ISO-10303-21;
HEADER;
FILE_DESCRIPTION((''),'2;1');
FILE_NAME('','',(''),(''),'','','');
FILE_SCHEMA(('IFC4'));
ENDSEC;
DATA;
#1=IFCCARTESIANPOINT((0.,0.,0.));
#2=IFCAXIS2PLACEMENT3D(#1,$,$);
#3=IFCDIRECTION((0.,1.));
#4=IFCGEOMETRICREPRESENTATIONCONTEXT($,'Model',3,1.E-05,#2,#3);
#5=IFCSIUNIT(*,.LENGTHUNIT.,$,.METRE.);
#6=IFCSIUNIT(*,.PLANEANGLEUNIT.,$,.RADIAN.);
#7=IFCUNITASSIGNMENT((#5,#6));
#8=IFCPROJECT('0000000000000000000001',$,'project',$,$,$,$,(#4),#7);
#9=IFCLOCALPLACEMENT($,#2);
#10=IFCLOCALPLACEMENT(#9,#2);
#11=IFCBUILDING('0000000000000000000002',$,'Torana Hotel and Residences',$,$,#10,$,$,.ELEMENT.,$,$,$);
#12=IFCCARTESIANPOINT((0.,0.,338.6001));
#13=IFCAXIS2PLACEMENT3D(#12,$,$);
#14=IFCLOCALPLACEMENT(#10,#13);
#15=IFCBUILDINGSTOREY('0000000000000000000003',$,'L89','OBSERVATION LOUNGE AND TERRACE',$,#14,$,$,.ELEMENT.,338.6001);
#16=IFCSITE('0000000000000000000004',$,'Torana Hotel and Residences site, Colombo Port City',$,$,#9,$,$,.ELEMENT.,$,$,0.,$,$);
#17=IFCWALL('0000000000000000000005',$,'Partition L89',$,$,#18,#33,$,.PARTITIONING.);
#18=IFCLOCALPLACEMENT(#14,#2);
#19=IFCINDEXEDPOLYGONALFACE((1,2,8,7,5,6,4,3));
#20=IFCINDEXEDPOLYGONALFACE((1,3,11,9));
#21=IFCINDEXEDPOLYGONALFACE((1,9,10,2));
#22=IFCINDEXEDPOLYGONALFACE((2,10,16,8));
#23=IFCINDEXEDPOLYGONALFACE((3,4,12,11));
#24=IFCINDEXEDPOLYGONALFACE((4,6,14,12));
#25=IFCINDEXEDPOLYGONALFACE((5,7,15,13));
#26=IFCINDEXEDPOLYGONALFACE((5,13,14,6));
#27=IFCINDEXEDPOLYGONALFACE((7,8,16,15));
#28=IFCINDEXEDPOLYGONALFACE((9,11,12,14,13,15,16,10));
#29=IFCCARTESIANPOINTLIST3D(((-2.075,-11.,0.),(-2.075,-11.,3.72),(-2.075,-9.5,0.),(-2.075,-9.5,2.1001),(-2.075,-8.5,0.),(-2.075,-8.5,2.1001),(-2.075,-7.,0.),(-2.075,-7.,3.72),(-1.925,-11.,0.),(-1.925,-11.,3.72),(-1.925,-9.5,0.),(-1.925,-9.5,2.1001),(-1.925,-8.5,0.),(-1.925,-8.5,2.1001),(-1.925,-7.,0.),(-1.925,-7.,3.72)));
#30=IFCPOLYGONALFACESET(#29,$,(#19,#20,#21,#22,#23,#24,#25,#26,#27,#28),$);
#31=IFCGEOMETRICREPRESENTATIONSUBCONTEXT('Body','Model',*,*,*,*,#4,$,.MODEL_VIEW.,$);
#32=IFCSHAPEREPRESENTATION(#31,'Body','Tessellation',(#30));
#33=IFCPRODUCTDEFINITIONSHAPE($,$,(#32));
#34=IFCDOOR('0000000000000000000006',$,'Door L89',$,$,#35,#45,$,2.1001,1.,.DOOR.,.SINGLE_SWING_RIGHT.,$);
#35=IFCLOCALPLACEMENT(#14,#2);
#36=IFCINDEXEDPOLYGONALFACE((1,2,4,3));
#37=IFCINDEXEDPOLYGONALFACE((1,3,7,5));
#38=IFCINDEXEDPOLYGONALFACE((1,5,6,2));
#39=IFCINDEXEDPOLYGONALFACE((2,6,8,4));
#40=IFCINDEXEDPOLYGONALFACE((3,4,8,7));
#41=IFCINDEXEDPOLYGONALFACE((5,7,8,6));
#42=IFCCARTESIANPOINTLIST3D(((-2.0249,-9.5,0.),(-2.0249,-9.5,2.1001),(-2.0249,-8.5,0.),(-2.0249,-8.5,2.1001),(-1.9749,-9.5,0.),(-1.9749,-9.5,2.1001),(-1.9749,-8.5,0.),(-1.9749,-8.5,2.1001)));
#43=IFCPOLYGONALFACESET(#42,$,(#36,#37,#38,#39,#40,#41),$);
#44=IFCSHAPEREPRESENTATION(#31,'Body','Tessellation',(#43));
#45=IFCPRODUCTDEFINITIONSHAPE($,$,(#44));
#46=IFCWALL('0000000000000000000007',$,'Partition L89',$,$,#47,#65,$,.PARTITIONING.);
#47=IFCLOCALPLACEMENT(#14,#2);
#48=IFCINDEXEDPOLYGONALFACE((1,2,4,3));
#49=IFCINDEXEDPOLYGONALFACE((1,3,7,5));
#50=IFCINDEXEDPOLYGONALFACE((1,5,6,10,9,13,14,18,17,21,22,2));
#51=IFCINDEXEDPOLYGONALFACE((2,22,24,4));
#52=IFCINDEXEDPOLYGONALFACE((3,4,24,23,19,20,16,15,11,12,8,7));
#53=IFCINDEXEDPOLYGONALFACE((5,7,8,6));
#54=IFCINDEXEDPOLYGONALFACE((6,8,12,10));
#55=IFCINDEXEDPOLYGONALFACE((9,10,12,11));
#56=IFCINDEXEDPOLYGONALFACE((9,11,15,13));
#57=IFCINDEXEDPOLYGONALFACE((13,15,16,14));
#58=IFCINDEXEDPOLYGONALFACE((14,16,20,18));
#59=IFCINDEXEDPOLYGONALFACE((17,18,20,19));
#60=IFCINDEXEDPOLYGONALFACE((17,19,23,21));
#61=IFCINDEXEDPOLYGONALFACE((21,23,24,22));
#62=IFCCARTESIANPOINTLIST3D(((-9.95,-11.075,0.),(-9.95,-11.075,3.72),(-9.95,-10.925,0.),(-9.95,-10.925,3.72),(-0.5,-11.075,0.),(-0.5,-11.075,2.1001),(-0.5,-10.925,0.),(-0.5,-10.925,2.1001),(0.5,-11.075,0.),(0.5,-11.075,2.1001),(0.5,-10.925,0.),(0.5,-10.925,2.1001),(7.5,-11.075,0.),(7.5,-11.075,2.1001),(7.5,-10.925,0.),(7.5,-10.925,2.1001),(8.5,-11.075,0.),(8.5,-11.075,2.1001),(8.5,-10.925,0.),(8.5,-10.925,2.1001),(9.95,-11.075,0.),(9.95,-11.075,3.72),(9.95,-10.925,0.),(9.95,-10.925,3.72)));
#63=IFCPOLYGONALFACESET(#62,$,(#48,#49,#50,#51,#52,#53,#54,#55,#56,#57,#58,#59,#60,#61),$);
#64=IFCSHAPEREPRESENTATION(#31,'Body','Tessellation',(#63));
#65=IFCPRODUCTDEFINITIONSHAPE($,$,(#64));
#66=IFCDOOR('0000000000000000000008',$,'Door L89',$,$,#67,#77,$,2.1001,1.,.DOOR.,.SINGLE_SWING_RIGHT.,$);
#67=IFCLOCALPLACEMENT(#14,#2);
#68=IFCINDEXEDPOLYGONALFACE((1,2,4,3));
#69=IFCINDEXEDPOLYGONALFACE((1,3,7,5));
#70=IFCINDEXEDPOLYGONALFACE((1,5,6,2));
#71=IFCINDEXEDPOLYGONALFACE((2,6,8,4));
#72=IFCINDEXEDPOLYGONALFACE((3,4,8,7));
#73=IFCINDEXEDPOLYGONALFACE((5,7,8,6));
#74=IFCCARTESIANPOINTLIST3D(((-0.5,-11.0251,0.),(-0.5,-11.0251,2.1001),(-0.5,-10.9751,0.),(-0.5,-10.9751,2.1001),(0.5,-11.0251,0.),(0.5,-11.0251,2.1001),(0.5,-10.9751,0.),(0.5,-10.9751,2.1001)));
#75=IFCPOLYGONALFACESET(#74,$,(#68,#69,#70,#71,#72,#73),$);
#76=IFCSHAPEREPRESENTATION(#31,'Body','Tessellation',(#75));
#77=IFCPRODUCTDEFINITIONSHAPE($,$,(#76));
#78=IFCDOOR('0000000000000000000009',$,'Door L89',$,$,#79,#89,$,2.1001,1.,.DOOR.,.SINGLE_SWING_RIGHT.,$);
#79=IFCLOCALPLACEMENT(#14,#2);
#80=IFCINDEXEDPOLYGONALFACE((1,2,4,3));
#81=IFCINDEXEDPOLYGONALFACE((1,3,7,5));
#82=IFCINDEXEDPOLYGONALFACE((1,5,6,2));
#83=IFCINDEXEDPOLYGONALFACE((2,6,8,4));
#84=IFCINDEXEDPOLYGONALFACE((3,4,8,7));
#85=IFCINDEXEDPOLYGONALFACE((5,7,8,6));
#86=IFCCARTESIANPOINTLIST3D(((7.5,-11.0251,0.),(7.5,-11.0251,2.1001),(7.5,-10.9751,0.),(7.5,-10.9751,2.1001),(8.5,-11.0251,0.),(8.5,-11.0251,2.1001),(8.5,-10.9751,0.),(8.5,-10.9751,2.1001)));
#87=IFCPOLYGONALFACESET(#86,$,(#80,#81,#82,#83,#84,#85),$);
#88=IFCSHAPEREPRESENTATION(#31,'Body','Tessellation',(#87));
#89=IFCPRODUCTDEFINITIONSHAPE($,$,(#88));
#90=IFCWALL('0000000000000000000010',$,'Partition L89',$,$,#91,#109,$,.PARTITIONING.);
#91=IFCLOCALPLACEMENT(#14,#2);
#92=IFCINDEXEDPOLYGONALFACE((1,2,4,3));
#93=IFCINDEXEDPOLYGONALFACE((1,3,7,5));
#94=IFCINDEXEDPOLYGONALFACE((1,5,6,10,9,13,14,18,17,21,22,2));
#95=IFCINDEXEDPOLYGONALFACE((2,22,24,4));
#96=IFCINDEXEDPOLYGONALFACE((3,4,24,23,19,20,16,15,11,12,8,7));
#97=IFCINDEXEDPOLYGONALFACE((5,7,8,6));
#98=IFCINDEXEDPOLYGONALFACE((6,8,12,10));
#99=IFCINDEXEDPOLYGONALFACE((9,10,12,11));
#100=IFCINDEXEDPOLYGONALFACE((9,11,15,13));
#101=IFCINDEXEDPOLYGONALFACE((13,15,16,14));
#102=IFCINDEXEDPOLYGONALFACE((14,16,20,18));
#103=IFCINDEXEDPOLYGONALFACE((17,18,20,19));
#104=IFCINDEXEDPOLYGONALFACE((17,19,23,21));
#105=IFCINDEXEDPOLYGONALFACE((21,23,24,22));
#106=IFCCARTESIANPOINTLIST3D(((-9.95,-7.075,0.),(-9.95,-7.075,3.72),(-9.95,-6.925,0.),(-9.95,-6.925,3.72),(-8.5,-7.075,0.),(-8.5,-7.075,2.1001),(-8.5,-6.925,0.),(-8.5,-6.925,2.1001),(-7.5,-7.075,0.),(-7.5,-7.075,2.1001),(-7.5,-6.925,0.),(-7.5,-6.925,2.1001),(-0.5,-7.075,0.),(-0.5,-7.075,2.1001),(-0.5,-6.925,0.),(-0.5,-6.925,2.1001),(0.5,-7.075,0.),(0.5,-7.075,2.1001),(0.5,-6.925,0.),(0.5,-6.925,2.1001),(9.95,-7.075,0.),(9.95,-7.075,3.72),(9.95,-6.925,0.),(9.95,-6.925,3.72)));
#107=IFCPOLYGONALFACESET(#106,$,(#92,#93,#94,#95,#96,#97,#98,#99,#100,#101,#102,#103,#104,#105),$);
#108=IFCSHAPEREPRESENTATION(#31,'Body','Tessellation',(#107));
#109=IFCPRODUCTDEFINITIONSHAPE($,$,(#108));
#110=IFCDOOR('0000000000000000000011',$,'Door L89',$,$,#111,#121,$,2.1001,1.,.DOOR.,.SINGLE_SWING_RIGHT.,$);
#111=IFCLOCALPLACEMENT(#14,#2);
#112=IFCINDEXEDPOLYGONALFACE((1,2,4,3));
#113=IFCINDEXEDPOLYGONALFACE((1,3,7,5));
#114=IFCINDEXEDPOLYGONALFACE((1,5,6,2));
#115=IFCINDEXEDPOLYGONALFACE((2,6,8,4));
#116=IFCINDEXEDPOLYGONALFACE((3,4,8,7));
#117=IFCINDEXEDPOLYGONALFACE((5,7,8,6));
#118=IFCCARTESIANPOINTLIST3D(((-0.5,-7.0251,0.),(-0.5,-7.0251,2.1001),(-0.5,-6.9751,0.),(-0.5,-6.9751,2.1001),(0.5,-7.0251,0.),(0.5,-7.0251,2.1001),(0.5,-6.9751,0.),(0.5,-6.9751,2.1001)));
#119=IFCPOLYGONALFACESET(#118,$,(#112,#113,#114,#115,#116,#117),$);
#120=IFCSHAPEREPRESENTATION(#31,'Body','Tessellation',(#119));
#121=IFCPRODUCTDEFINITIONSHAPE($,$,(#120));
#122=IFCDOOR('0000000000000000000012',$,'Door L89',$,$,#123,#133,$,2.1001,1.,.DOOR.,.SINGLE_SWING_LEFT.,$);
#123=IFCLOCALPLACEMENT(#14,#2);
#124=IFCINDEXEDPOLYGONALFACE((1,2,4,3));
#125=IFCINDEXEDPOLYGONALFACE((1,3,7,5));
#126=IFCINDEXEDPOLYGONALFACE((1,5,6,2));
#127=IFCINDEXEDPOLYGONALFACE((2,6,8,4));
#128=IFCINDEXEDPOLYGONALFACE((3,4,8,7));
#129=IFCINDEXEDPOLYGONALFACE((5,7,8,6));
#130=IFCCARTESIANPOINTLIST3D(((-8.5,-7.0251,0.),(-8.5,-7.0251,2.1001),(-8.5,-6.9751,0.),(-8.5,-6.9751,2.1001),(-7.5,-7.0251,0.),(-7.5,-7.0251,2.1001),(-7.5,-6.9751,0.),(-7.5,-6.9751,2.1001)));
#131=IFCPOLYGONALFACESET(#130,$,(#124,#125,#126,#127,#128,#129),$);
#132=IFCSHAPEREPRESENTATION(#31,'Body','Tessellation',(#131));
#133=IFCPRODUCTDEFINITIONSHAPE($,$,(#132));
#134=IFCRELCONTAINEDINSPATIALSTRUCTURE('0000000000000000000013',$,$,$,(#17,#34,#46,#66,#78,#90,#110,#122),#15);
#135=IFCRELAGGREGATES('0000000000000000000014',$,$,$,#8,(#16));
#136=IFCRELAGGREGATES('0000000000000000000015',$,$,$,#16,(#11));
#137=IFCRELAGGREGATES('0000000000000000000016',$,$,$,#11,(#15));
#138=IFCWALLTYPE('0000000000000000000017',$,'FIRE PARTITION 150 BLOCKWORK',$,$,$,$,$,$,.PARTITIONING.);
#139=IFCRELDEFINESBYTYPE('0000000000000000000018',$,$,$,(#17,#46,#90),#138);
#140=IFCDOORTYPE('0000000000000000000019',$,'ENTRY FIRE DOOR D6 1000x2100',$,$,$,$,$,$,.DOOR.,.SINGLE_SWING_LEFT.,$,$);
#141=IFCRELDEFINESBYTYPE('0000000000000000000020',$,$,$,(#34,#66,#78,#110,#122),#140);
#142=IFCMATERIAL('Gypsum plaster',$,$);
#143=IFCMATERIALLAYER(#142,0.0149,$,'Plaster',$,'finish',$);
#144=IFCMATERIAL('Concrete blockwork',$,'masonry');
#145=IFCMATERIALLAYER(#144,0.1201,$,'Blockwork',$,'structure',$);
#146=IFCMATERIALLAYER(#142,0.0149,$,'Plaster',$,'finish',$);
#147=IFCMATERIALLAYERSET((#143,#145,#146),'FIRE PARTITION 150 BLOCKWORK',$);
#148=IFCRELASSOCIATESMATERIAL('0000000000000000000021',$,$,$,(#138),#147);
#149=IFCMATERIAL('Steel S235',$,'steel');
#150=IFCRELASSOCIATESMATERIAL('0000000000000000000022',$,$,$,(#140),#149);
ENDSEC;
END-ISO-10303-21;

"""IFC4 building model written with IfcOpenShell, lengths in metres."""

from ifc_helpers import new_model, si_unit, direction, frame, frame_2d, origin, place, context, subcontext, project, spatial, rectangle, extrude, material, layer, layer_set, type_object, element, fill, save


model = new_model("IFC4")

# Units and contexts
model_context = context("Model", 3, precision=1e-05, world=origin(), true_north=direction((0.0, 1.0)))
body_context = subcontext(model_context, "Body", "Model", "MODEL_VIEW")
ifc_project = project(units=[si_unit("LENGTHUNIT", "METRE"), si_unit("PLANEANGLEUNIT", "RADIAN")], contexts=[model_context])

# Site, building, storey
site_placement = place(None, origin())
site = spatial("IfcSite", under=ifc_project, at=site_placement, Name="Torana Hotel and Residences site, Colombo Port City", CompositionType="ELEMENT", RefElevation=0.0)
building_placement = place(site_placement, origin())
building = spatial("IfcBuilding", under=site, at=building_placement, Name="Torana Hotel and Residences", CompositionType="ELEMENT")
storey_placement = place(building_placement, frame((0.0, 0.0, 338.6001)))
storey = spatial("IfcBuildingStorey", under=building, at=storey_placement, Name="L89", Description="OBSERVATION LOUNGE AND TERRACE", CompositionType="ELEMENT", Elevation=338.6001)

# Wall, opening, door
ifc_material_1 = material(Name="Gypsum plaster")
ifc_layer_1 = layer(ifc_material_1, 0.0149, Name="Plaster", Category="finish")
ifc_material_2 = material(Name="Concrete blockwork", Category="masonry")
ifc_layer_2 = layer(ifc_material_2, 0.1201, Name="Blockwork", Category="structure")
ifc_layer_3 = layer(ifc_material_1, 0.0149, Name="Plaster", Category="finish")
ifc_layer_set_1 = layer_set([ifc_layer_1, ifc_layer_2, ifc_layer_3], Name="FIRE PARTITION 150 BLOCKWORK")
wall_type_1 = type_object("IfcWallType", Name="FIRE PARTITION 150 BLOCKWORK", PredefinedType="PARTITIONING", material=ifc_layer_set_1)
wall_1_placement = place(storey_placement, frame((-2.0, -11.0, 0.0), z_axis=(0.0, 0.0, 1.0), x_axis=(0.0, 1.0, 0.0)))
wall_1 = element("IfcWall", 1, at=wall_1_placement, inside=storey, type_object=wall_type_1, Name="Partition L89", PredefinedType="PARTITIONING", context=body_context, shape_type="SweptSolid", body=[
    extrude(rectangle(XDim=4.0, YDim=0.1499, at=frame_2d((2.0, 0.0))), origin(), (0.0, 0.0, 1.0), 3.72),
])
opening_1_placement = place(wall_1_placement, frame((1.5, 0.0, 0.0)))
opening_1 = element("IfcOpeningElement", 2, at=opening_1_placement, cuts=wall_1, PredefinedType="OPENING", context=body_context, shape_type="SweptSolid", body=[
    extrude(rectangle(XDim=1.0, YDim=2.1001, at=frame_2d((0.5, 1.05))), frame((0.0, 0.085, 0.0), z_axis=(0.0, -1.0, 0.0), x_axis=(1.0, 0.0, 0.0)), (0.0, 0.0, 1.0), 0.1699),
])
ifc_material_3 = material(Name="Steel S235", Category="steel")
door_type = type_object("IfcDoorType", Name="ENTRY FIRE DOOR D6 1000x2100", OperationType="SINGLE_SWING_LEFT", PredefinedType="DOOR", material=ifc_material_3)
door_1_placement = place(opening_1_placement, origin())
door_1 = element("IfcDoor", 3, at=door_1_placement, inside=storey, type_object=door_type, Name="Door L89", OperationType="SINGLE_SWING_RIGHT", OverallHeight=2.1001, OverallWidth=1.0, PredefinedType="DOOR", context=body_context, shape_type="SweptSolid", body=[
    extrude(rectangle(XDim=1.0, YDim=2.1001, at=frame_2d((0.5, 1.05))), frame((0.0, 0.0249, 0.0), z_axis=(0.0, -1.0, 0.0), x_axis=(1.0, 0.0, 0.0)), (0.0, 0.0, 1.0), 0.05),
])
fill(opening_1, door_1)

# Walls, openings, doors
wall_2_placement = place(storey_placement, frame((-9.95, -11.0, 0.0), z_axis=(0.0, 0.0, 1.0), x_axis=(1.0, 0.0, 0.0)))
wall_2 = element("IfcWall", 4, at=wall_2_placement, inside=storey, type_object=wall_type_1, Name="Partition L89", PredefinedType="PARTITIONING", context=body_context, shape_type="SweptSolid", body=[
    extrude(rectangle(XDim=19.8999, YDim=0.1499, at=frame_2d((9.95, 0.0))), origin(), (0.0, 0.0, 1.0), 3.72),
])
opening_2_placement = place(wall_2_placement, frame((9.45, 0.0, 0.0)))
opening_2 = element("IfcOpeningElement", 5, at=opening_2_placement, cuts=wall_2, PredefinedType="OPENING", context=body_context, shape_type="SweptSolid", body=[
    extrude(rectangle(XDim=1.0, YDim=2.1001, at=frame_2d((0.5, 1.05))), frame((0.0, 0.085, 0.0), z_axis=(0.0, -1.0, 0.0), x_axis=(1.0, 0.0, 0.0)), (0.0, 0.0, 1.0), 0.1699),
])
opening_3_placement = place(wall_2_placement, frame((17.45, 0.0, 0.0)))
opening_3 = element("IfcOpeningElement", 6, at=opening_3_placement, cuts=wall_2, PredefinedType="OPENING", context=body_context, shape_type="SweptSolid", body=[
    extrude(rectangle(XDim=1.0, YDim=2.1001, at=frame_2d((0.5, 1.05))), frame((0.0, 0.085, 0.0), z_axis=(0.0, -1.0, 0.0), x_axis=(1.0, 0.0, 0.0)), (0.0, 0.0, 1.0), 0.1699),
])
door_2_placement = place(opening_2_placement, origin())
door_2 = element("IfcDoor", 7, at=door_2_placement, inside=storey, type_object=door_type, Name="Door L89", OperationType="SINGLE_SWING_RIGHT", OverallHeight=2.1001, OverallWidth=1.0, PredefinedType="DOOR", context=body_context, shape_type="SweptSolid", body=[
    extrude(rectangle(XDim=1.0, YDim=2.1001, at=frame_2d((0.5, 1.05))), frame((0.0, 0.0249, 0.0), z_axis=(0.0, -1.0, 0.0), x_axis=(1.0, 0.0, 0.0)), (0.0, 0.0, 1.0), 0.05),
])
fill(opening_2, door_2)
door_3_placement = place(opening_3_placement, origin())
door_3 = element("IfcDoor", 8, at=door_3_placement, inside=storey, type_object=door_type, Name="Door L89", OperationType="SINGLE_SWING_RIGHT", OverallHeight=2.1001, OverallWidth=1.0, PredefinedType="DOOR", context=body_context, shape_type="SweptSolid", body=[
    extrude(rectangle(XDim=1.0, YDim=2.1001, at=frame_2d((0.5, 1.05))), frame((0.0, 0.0249, 0.0), z_axis=(0.0, -1.0, 0.0), x_axis=(1.0, 0.0, 0.0)), (0.0, 0.0, 1.0), 0.05),
])
fill(opening_3, door_3)
wall_3_placement = place(storey_placement, frame((-9.95, -7.0, 0.0), z_axis=(0.0, 0.0, 1.0), x_axis=(1.0, 0.0, 0.0)))
wall_3 = element("IfcWall", 9, at=wall_3_placement, inside=storey, type_object=wall_type_1, Name="Partition L89", PredefinedType="PARTITIONING", context=body_context, shape_type="SweptSolid", body=[
    extrude(rectangle(XDim=19.8999, YDim=0.1499, at=frame_2d((9.95, 0.0))), origin(), (0.0, 0.0, 1.0), 3.72),
])
opening_4_placement = place(wall_3_placement, frame((9.45, 0.0, 0.0)))
opening_4 = element("IfcOpeningElement", 10, at=opening_4_placement, cuts=wall_3, PredefinedType="OPENING", context=body_context, shape_type="SweptSolid", body=[
    extrude(rectangle(XDim=1.0, YDim=2.1001, at=frame_2d((0.5, 1.05))), frame((0.0, 0.085, 0.0), z_axis=(0.0, -1.0, 0.0), x_axis=(1.0, 0.0, 0.0)), (0.0, 0.0, 1.0), 0.1699),
])
opening_5_placement = place(wall_3_placement, frame((1.45, 0.0, 0.0)))
opening_5 = element("IfcOpeningElement", 11, at=opening_5_placement, cuts=wall_3, PredefinedType="OPENING", context=body_context, shape_type="SweptSolid", body=[
    extrude(rectangle(XDim=1.0, YDim=2.1001, at=frame_2d((0.5, 1.05))), frame((0.0, 0.085, 0.0), z_axis=(0.0, -1.0, 0.0), x_axis=(1.0, 0.0, 0.0)), (0.0, 0.0, 1.0), 0.1699),
])
door_4_placement = place(opening_4_placement, origin())
door_4 = element("IfcDoor", 12, at=door_4_placement, inside=storey, type_object=door_type, Name="Door L89", OperationType="SINGLE_SWING_RIGHT", OverallHeight=2.1001, OverallWidth=1.0, PredefinedType="DOOR", context=body_context, shape_type="SweptSolid", body=[
    extrude(rectangle(XDim=1.0, YDim=2.1001, at=frame_2d((0.5, 1.05))), frame((0.0, 0.0249, 0.0), z_axis=(0.0, -1.0, 0.0), x_axis=(1.0, 0.0, 0.0)), (0.0, 0.0, 1.0), 0.05),
])
fill(opening_4, door_4)
door_5_placement = place(opening_5_placement, frame((0.5, 0.0, 0.0), z_axis=(0.0, 0.0, 1.0), x_axis=(-1.0, 0.0, 0.0)))
door_5 = element("IfcDoor", 13, at=door_5_placement, inside=storey, type_object=door_type, Name="Door L89", OperationType="SINGLE_SWING_LEFT", OverallHeight=2.1001, OverallWidth=1.0, PredefinedType="DOOR", context=body_context, shape_type="SweptSolid", body=[
    extrude(rectangle(XDim=1.0, YDim=2.1001, at=frame_2d((0.0, 1.05))), frame((0.0, -0.0249, 0.0), z_axis=(0.0, 1.0, 0.0), x_axis=(-1.0, 0.0, 0.0)), (0.0, 0.0, 1.0), 0.05),
])
fill(opening_5, door_5)

save(model, "model.ifc")
